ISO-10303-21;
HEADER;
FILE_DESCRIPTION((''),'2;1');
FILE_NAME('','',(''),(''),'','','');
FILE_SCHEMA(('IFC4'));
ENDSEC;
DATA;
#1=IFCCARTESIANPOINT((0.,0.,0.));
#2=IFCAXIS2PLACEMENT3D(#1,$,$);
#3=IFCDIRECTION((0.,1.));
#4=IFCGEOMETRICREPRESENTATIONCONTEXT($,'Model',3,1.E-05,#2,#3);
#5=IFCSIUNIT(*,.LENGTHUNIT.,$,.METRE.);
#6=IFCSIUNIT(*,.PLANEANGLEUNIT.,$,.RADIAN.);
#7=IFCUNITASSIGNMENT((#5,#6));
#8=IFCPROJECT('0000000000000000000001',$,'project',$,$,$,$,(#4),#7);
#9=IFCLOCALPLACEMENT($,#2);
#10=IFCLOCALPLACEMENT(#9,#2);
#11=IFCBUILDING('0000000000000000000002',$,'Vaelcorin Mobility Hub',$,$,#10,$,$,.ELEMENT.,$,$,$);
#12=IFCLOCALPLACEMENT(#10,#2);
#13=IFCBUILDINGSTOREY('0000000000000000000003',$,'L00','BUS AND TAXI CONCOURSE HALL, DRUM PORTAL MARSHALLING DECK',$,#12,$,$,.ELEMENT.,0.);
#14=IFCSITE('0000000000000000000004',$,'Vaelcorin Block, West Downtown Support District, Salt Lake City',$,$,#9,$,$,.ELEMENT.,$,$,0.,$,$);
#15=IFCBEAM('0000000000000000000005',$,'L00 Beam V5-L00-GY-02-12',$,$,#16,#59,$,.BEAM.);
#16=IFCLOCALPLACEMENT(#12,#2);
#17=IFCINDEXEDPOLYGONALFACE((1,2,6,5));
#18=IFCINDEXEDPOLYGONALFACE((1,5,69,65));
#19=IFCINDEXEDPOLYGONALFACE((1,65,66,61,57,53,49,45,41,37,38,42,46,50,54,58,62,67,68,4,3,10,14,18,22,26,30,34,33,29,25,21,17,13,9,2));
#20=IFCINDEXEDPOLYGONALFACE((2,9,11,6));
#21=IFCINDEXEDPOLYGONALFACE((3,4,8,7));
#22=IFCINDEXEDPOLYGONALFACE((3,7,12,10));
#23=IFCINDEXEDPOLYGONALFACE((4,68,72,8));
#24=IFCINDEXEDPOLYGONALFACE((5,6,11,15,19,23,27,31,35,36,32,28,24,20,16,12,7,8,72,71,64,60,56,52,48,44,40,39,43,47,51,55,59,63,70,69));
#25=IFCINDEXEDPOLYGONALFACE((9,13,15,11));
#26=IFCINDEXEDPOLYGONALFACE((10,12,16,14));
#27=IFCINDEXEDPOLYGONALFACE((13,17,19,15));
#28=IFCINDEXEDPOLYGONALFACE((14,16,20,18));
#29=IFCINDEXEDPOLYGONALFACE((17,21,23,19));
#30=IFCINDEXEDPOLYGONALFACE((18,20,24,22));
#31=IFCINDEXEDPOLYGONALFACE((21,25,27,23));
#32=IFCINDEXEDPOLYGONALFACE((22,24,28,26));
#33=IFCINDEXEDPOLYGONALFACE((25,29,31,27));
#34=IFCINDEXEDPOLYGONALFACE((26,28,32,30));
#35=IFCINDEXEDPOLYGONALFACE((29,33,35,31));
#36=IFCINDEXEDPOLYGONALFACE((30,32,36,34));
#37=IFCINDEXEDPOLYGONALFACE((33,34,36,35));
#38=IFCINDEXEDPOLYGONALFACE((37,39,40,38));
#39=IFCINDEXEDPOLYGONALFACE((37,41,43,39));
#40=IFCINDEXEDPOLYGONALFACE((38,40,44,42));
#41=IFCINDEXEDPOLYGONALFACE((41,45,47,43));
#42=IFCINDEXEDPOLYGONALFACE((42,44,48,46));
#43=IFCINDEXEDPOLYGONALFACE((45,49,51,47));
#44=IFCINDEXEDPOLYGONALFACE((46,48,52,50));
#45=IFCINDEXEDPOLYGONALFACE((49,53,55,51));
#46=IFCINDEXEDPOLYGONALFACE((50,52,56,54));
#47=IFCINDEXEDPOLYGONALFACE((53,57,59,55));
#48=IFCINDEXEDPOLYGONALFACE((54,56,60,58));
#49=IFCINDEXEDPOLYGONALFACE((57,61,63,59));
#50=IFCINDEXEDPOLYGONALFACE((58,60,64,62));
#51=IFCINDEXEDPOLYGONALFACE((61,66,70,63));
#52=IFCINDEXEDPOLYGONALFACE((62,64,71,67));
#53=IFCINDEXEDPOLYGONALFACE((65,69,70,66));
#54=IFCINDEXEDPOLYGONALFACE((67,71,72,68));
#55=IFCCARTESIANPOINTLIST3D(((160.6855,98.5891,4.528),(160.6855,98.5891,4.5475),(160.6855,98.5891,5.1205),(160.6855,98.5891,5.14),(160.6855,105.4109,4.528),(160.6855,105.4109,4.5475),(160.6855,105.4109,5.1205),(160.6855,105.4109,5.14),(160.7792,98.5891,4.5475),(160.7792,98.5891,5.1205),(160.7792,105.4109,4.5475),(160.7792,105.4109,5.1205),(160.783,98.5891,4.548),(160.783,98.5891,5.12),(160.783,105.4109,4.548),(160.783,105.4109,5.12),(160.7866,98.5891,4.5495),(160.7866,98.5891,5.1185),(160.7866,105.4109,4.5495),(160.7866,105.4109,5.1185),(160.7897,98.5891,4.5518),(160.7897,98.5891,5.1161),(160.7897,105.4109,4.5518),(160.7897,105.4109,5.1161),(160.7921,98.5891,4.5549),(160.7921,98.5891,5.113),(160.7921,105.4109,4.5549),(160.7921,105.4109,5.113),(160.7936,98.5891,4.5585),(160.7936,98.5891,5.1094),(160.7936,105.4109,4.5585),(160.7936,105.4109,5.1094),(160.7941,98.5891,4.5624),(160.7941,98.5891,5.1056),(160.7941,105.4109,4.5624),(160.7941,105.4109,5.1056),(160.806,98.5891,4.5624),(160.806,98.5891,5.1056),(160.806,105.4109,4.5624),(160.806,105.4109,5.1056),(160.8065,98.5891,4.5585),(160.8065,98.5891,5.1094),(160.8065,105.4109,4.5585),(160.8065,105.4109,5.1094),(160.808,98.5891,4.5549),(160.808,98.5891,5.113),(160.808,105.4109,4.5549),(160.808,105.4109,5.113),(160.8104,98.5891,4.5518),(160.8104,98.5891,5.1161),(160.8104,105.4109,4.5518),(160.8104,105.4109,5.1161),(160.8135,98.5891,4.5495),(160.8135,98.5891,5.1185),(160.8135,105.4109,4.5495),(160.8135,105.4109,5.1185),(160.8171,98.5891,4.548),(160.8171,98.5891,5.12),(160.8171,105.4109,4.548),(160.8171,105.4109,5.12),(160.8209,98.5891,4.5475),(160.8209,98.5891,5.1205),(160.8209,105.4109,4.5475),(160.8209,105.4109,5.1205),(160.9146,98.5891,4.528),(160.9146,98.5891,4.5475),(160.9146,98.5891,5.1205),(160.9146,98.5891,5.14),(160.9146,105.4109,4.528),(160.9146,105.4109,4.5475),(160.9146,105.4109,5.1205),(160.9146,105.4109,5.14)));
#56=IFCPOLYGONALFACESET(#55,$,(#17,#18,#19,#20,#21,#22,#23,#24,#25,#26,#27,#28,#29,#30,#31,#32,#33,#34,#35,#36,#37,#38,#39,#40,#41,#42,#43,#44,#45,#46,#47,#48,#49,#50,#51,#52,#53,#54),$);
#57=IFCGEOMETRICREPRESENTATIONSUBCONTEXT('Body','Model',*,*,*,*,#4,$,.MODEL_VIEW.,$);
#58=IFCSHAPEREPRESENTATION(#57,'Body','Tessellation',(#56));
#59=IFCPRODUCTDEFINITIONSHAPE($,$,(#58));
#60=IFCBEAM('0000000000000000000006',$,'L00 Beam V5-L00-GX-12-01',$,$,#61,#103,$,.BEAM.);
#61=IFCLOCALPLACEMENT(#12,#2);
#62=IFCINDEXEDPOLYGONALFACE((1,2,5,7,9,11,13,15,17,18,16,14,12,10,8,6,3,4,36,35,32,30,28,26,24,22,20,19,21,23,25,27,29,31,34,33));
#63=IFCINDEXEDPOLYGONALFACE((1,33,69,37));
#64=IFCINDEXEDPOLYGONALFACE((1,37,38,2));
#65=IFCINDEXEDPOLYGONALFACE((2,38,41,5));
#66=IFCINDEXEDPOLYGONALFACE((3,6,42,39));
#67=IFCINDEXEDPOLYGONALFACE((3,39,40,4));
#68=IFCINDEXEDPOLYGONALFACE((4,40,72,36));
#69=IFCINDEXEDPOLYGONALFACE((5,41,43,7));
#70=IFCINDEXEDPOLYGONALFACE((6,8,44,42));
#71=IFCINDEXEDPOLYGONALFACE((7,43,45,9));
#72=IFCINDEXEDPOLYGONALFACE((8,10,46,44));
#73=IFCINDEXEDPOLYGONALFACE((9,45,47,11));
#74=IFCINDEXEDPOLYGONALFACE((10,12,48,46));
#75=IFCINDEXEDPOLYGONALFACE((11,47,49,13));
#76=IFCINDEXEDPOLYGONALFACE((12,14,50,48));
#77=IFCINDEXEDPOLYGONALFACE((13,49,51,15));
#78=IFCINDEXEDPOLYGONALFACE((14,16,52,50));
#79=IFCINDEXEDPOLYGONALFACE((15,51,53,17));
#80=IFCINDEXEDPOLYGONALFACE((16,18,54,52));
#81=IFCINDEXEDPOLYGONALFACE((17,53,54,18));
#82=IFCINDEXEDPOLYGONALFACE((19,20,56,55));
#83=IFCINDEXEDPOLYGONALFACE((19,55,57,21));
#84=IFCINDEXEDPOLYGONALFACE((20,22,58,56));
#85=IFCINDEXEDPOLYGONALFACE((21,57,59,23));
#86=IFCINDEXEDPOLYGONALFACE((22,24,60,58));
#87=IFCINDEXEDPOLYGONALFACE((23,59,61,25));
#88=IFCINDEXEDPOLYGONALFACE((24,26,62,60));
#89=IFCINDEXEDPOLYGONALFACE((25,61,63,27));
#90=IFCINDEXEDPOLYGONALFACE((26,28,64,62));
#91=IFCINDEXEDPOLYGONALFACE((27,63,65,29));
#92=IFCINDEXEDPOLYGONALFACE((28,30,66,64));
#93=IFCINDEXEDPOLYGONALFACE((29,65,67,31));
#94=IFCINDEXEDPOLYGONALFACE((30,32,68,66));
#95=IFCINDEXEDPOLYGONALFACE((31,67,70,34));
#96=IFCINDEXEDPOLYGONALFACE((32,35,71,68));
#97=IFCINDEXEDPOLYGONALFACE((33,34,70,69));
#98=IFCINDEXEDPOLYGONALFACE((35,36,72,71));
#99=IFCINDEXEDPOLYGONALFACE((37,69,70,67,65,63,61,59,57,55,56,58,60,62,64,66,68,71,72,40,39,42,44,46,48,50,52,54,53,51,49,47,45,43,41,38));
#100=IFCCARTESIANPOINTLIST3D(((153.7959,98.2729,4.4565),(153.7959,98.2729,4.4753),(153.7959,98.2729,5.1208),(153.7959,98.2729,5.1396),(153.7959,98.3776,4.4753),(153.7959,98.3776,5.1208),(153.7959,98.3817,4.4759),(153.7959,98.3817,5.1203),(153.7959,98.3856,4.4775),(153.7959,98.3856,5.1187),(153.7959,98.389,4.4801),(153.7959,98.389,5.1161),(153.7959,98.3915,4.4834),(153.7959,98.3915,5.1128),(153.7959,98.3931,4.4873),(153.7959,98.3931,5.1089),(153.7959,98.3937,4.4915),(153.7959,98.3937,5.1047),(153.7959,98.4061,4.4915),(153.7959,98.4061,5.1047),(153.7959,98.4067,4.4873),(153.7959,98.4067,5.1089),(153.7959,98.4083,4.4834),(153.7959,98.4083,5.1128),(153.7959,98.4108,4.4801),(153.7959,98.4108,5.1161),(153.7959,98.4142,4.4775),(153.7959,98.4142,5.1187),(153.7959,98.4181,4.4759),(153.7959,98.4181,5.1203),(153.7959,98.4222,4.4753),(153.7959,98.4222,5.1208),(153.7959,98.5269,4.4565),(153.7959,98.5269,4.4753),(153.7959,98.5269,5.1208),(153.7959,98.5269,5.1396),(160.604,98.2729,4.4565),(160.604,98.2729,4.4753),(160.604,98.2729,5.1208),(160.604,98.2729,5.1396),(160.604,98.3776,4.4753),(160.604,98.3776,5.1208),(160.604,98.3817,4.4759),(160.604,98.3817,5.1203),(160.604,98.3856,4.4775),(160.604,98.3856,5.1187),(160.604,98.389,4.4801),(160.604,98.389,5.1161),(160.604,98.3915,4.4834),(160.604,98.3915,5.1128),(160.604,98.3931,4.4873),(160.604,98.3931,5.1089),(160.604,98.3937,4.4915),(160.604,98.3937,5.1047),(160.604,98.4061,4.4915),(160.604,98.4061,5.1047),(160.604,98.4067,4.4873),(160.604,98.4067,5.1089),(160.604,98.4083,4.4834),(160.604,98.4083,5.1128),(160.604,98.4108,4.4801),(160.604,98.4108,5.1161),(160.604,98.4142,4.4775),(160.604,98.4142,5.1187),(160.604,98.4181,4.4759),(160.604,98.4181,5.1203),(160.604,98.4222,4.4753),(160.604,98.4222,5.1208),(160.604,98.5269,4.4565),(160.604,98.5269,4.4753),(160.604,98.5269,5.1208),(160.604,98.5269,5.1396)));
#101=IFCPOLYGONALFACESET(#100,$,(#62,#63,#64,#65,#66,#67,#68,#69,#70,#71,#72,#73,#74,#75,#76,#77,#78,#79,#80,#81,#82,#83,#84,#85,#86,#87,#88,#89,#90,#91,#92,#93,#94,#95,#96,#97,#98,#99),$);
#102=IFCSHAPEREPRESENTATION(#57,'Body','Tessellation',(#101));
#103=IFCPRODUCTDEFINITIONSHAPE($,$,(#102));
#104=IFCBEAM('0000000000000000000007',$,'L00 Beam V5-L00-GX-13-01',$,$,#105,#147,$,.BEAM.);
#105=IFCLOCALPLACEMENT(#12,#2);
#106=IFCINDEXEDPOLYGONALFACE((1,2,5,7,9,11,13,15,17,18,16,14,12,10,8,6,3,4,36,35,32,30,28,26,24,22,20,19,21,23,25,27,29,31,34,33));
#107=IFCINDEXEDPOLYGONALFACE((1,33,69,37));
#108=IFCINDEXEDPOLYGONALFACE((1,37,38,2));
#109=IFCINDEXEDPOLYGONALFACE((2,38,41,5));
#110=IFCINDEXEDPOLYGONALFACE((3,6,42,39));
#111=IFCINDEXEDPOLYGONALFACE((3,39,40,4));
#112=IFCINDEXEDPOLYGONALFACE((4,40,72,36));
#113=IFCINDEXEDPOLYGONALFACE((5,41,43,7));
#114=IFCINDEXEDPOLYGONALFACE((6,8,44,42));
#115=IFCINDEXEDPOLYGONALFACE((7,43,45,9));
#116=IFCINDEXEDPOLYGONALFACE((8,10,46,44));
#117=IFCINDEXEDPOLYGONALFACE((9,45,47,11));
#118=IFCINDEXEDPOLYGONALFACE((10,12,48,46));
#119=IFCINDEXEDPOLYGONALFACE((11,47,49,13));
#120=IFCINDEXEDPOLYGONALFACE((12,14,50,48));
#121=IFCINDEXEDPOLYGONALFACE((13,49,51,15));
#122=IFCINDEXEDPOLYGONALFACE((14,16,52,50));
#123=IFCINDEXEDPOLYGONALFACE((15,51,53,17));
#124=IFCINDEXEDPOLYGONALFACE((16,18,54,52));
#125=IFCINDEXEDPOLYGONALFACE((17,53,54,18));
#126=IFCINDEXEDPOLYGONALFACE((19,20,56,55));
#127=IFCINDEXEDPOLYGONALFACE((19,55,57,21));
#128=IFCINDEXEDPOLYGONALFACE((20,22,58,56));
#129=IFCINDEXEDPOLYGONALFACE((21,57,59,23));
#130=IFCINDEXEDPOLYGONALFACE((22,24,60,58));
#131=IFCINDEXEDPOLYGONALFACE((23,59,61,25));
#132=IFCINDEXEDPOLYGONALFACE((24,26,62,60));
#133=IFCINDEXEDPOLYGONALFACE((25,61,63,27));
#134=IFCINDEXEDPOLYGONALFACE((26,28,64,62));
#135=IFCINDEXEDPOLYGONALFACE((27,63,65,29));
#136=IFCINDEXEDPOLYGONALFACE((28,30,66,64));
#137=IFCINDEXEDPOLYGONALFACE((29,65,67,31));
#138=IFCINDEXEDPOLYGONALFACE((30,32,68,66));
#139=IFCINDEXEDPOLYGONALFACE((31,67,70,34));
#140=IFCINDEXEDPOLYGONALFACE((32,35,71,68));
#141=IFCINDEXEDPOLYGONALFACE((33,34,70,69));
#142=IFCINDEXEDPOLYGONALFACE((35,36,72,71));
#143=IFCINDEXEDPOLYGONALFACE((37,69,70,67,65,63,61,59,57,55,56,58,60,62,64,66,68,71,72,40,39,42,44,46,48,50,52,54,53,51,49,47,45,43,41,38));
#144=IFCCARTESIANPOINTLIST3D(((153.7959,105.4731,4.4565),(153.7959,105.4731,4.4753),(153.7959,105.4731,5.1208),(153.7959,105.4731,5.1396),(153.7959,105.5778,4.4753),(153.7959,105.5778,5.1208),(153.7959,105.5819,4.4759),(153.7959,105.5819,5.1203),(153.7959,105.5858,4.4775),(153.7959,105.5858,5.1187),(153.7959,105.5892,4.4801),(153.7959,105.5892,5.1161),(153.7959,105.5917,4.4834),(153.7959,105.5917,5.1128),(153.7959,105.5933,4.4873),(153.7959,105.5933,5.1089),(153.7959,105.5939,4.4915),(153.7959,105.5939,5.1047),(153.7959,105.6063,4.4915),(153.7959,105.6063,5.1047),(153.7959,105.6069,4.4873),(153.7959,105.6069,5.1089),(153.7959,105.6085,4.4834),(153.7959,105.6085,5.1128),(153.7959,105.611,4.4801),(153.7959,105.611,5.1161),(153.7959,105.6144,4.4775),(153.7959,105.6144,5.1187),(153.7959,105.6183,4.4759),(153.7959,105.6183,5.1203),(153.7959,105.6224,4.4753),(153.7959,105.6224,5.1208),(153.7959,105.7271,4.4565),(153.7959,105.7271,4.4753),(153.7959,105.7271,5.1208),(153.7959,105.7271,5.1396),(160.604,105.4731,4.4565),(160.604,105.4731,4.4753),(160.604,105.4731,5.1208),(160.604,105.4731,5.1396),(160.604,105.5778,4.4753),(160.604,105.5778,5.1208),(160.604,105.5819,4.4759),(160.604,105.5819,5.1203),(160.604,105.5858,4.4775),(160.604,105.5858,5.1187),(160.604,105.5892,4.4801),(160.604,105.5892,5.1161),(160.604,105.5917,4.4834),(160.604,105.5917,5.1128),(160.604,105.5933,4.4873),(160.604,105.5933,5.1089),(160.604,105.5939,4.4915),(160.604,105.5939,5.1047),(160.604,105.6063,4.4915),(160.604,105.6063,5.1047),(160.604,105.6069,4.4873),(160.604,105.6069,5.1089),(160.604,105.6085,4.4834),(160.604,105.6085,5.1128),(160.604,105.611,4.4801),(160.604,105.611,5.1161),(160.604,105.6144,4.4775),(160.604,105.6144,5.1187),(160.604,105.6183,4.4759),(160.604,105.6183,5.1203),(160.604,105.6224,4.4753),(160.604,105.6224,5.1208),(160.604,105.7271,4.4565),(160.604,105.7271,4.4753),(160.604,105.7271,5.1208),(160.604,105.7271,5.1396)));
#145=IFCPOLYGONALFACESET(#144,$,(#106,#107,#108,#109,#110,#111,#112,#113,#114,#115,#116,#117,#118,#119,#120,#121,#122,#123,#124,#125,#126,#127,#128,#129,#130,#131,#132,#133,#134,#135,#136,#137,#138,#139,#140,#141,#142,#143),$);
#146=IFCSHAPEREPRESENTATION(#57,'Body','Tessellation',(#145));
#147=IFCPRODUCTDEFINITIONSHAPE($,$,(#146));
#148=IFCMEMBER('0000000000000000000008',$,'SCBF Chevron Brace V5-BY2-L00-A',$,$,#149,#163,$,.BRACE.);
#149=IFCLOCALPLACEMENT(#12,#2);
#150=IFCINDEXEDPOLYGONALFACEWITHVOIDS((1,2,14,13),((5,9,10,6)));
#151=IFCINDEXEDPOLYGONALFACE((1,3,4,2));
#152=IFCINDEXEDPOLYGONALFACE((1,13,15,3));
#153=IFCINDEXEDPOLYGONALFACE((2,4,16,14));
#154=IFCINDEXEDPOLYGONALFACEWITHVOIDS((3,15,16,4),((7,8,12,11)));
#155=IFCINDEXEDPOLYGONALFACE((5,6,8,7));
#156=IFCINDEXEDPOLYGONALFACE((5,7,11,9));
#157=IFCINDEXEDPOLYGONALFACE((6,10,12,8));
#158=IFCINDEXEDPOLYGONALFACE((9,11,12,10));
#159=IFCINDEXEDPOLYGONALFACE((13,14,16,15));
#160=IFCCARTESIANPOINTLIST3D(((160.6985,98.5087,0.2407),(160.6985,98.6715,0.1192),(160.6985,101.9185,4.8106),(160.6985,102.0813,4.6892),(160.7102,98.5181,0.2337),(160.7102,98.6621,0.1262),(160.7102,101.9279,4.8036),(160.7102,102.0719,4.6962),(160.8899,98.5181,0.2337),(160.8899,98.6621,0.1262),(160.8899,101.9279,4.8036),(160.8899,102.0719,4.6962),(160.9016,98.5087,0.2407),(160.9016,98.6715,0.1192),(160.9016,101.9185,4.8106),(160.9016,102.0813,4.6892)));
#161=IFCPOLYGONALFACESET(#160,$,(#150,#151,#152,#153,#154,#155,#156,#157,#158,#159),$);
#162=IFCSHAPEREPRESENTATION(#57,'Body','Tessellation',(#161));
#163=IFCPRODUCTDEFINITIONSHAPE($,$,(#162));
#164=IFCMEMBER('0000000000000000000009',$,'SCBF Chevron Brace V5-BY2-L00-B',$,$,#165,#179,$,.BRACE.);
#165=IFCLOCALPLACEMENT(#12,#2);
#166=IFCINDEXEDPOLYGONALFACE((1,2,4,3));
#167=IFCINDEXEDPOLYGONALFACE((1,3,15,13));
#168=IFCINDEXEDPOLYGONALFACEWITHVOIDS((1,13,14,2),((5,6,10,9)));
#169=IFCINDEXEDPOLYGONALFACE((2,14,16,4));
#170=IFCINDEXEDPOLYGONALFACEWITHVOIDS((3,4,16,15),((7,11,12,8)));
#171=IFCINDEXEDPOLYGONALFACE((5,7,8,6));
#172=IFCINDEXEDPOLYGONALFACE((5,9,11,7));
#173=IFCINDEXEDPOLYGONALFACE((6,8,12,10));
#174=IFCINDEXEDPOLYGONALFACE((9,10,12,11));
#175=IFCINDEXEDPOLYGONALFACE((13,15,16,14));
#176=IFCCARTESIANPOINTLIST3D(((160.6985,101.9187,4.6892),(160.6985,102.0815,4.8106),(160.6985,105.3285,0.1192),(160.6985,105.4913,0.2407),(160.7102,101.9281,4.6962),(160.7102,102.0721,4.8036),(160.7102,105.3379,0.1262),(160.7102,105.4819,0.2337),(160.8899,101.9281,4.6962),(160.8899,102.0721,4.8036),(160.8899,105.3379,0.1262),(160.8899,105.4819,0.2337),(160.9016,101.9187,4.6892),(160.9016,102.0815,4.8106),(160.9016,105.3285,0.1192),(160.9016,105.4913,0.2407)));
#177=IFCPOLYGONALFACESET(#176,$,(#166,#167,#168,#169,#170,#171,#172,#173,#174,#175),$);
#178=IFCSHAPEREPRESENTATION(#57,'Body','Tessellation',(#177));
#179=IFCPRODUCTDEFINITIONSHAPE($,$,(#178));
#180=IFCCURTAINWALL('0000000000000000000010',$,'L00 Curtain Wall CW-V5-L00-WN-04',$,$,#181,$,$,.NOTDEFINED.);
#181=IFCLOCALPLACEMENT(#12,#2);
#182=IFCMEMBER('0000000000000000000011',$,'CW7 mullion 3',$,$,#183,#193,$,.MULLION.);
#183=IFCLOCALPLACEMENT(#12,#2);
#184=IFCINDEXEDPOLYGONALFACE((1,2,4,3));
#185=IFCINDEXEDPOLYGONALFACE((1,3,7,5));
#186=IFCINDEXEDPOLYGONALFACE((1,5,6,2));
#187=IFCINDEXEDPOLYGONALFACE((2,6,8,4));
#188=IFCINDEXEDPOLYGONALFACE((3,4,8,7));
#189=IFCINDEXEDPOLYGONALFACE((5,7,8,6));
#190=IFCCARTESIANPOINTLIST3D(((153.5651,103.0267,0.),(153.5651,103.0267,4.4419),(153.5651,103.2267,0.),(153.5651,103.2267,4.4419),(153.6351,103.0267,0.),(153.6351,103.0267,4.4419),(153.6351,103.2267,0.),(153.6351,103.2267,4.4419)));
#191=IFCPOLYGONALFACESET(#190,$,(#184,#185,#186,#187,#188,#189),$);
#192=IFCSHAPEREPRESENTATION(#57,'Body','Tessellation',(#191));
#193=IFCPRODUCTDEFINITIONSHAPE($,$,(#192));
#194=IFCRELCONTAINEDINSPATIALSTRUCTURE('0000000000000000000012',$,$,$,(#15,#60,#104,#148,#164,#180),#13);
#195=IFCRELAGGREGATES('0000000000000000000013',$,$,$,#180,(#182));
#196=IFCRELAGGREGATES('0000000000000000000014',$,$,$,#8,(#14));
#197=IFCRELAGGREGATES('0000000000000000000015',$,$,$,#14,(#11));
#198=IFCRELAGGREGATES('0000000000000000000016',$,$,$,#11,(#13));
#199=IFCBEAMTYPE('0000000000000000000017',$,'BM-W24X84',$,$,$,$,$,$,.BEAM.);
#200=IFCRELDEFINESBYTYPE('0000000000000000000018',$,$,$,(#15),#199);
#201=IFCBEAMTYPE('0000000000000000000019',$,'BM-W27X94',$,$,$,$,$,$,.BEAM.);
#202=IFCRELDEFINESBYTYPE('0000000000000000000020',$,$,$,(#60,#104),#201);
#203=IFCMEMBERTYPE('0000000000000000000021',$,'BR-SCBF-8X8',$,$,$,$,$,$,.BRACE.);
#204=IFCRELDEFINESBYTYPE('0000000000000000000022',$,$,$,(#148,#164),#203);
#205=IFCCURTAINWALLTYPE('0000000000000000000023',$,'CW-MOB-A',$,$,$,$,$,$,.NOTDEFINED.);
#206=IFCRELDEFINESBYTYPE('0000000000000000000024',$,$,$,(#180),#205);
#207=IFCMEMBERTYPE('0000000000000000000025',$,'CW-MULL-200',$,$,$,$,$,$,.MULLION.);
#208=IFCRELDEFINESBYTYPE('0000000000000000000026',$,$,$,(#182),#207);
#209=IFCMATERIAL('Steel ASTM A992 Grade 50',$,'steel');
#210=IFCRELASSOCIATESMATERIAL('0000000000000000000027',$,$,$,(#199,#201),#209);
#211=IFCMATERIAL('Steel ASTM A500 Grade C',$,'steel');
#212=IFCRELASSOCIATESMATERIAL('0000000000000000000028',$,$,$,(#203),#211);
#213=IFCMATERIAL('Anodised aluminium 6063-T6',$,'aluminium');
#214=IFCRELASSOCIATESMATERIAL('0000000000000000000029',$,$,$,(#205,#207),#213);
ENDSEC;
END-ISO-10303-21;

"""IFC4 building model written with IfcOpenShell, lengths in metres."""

from ifc_helpers import new_model, si_unit, direction, frame, origin, origin_2d, place, context, subcontext, project, spatial, rectangle, hollow_rectangle, i_section, extrude, material, material_profile, profile_set, type_object, element, aggregate, save


model = new_model("IFC4")

# Units and contexts
model_context = context("Model", 3, precision=1e-05, world=origin(), true_north=direction((0.0, 1.0)))
body_context = subcontext(model_context, "Body", "Model", "MODEL_VIEW")
ifc_project = project(units=[si_unit("LENGTHUNIT", "METRE"), si_unit("PLANEANGLEUNIT", "RADIAN")], contexts=[model_context])

# Site, building, storey
site_placement = place(None, origin())
site = spatial("IfcSite", under=ifc_project, at=site_placement, Name="Vaelcorin Block, West Downtown Support District, Salt Lake City", CompositionType="ELEMENT", RefElevation=0.0)
building_placement = place(site_placement, origin())
building = spatial("IfcBuilding", under=site, at=building_placement, Name="Vaelcorin Mobility Hub", CompositionType="ELEMENT")
storey_placement = place(building_placement, origin())
storey = spatial("IfcBuildingStorey", under=building, at=storey_placement, Name="L00", Description="BUS AND TAXI CONCOURSE HALL, DRUM PORTAL MARSHALLING DECK", CompositionType="ELEMENT", Elevation=0.0)

# Shared definitions
ifc_material_1 = material(Name="Steel ASTM A992 Grade 50", Category="steel")

# Beams
ifc_material_profile_1 = material_profile(ifc_material_1, i_section(OverallWidth=0.229, OverallDepth=0.6121, WebThickness=0.012, FlangeThickness=0.0195, FilletRadius=0.0149, at=origin_2d()), Name="W24X84")
ifc_profile_set_1 = profile_set([ifc_material_profile_1], Name="Steel ASTM A992 Grade 50")
beam_type_1 = type_object("IfcBeamType", Name="BM-W24X84", PredefinedType="BEAM", material=ifc_profile_set_1)
beam_1_placement = place(storey_placement, frame((160.8, 98.5891, 4.834), z_axis=(0.0, 1.0, 0.0), x_axis=(-1.0, 0.0, 0.0)))
element("IfcBeam", 1, at=beam_1_placement, inside=storey, type_object=beam_type_1, Name="L00 Beam V5-L00-GY-02-12", PredefinedType="BEAM", context=body_context, shape_type="SweptSolid", body=[
    extrude(i_section(OverallWidth=0.229, OverallDepth=0.6121, WebThickness=0.012, FlangeThickness=0.0195, FilletRadius=0.0149, at=origin_2d()), origin(), (0.0, 0.0, 1.0), 6.8218),
])
ifc_material_profile_2 = material_profile(ifc_material_1, i_section(OverallWidth=0.2539, OverallDepth=0.6831, WebThickness=0.0125, FlangeThickness=0.0188, FilletRadius=0.0161, at=origin_2d()), Name="W27X94")
ifc_profile_set_2 = profile_set([ifc_material_profile_2], Name="Steel ASTM A992 Grade 50")
beam_type_2 = type_object("IfcBeamType", Name="BM-W27X94", PredefinedType="BEAM", material=ifc_profile_set_2)
for number, where, z_axis, x_axis, name in (
    (2, (153.7959, 98.3999, 4.7981), (1.0, 0.0, 0.0), (0.0, 1.0, 0.0), "L00 Beam V5-L00-GX-12-01"),
    (3, (153.7959, 105.6001, 4.7981), (1.0, 0.0, 0.0), (0.0, 1.0, 0.0), "L00 Beam V5-L00-GX-13-01"),
):
    element("IfcBeam", number, at=place(storey_placement, frame(where, z_axis=z_axis, x_axis=x_axis)), inside=storey, type_object=beam_type_2, Name=name, PredefinedType="BEAM", context=body_context, shape_type="SweptSolid", body=[
        extrude(i_section(OverallWidth=0.2539, OverallDepth=0.6831, WebThickness=0.0125, FlangeThickness=0.0188, FilletRadius=0.0161, at=origin_2d()), origin(), (0.0, 0.0, 1.0), 6.8081),
    ])

# Members
ifc_material_2 = material(Name="Steel ASTM A500 Grade C", Category="steel")
ifc_material_profile_3 = material_profile(ifc_material_2, hollow_rectangle(XDim=0.2031, YDim=0.2031, WallThickness=0.0117, at=origin_2d()), Name="HSS8X8X0.500")
ifc_profile_set_3 = profile_set([ifc_material_profile_3], Name="Steel ASTM A500 Grade C")
member_type_1 = type_object("IfcMemberType", Name="BR-SCBF-8X8", PredefinedType="BRACE", material=ifc_profile_set_3)
for number, where, z_axis, x_axis, name in (
    (4, (160.8, 98.5901, 0.1799), (0.0, 0.598018, 0.801482), (-1.0, 0.0, 0.0), "SCBF Chevron Brace V5-BY2-L00-A"),
    (5, (160.8, 105.4099, 0.1799), (0.0, -0.598018, 0.801482), (1.0, 0.0, 0.0), "SCBF Chevron Brace V5-BY2-L00-B"),
):
    element("IfcMember", number, at=place(storey_placement, frame(where, z_axis=z_axis, x_axis=x_axis)), inside=storey, type_object=member_type_1, Name=name, PredefinedType="BRACE", context=body_context, shape_type="SweptSolid", body=[
        extrude(hollow_rectangle(XDim=0.2031, YDim=0.2031, WallThickness=0.0117, at=origin_2d()), origin(), (0.0, 0.0, 1.0), 5.7019),
    ])

# Curtain wall, member
ifc_material_3 = material(Name="Anodised aluminium 6063-T6", Category="aluminium")
curtain_wall_type = type_object("IfcCurtainWallType", Name="CW-MOB-A", PredefinedType="NOTDEFINED", material=ifc_material_3)
curtain_wall_placement = place(storey_placement, origin())
curtain_wall = element("IfcCurtainWall", 6, at=curtain_wall_placement, inside=storey, type_object=curtain_wall_type, Name="L00 Curtain Wall CW-V5-L00-WN-04", PredefinedType="NOTDEFINED")
ifc_material_profile_4 = material_profile(ifc_material_3, rectangle(XDim=0.0701, YDim=0.2, at=origin_2d()), Name="ALU-M70X200")
ifc_profile_set_4 = profile_set([ifc_material_profile_4], Name="Anodised aluminium 6063-T6")
member_type_2 = type_object("IfcMemberType", Name="CW-MULL-200", PredefinedType="MULLION", material=ifc_profile_set_4)
member_1_placement = place(storey_placement, frame((153.6001, 103.1267, 0.0), z_axis=(0.0, 0.0, 1.0), x_axis=(-1.0, 0.0, 0.0)))
member_1 = element("IfcMember", 7, at=member_1_placement, type_object=member_type_2, Name="CW7 mullion 3", PredefinedType="MULLION", context=body_context, shape_type="SweptSolid", body=[
    extrude(rectangle(XDim=0.0701, YDim=0.2, at=origin_2d()), origin(), (0.0, 0.0, 1.0), 4.4419),
])
aggregate(curtain_wall, [member_1])

save(model, "model.ifc")
